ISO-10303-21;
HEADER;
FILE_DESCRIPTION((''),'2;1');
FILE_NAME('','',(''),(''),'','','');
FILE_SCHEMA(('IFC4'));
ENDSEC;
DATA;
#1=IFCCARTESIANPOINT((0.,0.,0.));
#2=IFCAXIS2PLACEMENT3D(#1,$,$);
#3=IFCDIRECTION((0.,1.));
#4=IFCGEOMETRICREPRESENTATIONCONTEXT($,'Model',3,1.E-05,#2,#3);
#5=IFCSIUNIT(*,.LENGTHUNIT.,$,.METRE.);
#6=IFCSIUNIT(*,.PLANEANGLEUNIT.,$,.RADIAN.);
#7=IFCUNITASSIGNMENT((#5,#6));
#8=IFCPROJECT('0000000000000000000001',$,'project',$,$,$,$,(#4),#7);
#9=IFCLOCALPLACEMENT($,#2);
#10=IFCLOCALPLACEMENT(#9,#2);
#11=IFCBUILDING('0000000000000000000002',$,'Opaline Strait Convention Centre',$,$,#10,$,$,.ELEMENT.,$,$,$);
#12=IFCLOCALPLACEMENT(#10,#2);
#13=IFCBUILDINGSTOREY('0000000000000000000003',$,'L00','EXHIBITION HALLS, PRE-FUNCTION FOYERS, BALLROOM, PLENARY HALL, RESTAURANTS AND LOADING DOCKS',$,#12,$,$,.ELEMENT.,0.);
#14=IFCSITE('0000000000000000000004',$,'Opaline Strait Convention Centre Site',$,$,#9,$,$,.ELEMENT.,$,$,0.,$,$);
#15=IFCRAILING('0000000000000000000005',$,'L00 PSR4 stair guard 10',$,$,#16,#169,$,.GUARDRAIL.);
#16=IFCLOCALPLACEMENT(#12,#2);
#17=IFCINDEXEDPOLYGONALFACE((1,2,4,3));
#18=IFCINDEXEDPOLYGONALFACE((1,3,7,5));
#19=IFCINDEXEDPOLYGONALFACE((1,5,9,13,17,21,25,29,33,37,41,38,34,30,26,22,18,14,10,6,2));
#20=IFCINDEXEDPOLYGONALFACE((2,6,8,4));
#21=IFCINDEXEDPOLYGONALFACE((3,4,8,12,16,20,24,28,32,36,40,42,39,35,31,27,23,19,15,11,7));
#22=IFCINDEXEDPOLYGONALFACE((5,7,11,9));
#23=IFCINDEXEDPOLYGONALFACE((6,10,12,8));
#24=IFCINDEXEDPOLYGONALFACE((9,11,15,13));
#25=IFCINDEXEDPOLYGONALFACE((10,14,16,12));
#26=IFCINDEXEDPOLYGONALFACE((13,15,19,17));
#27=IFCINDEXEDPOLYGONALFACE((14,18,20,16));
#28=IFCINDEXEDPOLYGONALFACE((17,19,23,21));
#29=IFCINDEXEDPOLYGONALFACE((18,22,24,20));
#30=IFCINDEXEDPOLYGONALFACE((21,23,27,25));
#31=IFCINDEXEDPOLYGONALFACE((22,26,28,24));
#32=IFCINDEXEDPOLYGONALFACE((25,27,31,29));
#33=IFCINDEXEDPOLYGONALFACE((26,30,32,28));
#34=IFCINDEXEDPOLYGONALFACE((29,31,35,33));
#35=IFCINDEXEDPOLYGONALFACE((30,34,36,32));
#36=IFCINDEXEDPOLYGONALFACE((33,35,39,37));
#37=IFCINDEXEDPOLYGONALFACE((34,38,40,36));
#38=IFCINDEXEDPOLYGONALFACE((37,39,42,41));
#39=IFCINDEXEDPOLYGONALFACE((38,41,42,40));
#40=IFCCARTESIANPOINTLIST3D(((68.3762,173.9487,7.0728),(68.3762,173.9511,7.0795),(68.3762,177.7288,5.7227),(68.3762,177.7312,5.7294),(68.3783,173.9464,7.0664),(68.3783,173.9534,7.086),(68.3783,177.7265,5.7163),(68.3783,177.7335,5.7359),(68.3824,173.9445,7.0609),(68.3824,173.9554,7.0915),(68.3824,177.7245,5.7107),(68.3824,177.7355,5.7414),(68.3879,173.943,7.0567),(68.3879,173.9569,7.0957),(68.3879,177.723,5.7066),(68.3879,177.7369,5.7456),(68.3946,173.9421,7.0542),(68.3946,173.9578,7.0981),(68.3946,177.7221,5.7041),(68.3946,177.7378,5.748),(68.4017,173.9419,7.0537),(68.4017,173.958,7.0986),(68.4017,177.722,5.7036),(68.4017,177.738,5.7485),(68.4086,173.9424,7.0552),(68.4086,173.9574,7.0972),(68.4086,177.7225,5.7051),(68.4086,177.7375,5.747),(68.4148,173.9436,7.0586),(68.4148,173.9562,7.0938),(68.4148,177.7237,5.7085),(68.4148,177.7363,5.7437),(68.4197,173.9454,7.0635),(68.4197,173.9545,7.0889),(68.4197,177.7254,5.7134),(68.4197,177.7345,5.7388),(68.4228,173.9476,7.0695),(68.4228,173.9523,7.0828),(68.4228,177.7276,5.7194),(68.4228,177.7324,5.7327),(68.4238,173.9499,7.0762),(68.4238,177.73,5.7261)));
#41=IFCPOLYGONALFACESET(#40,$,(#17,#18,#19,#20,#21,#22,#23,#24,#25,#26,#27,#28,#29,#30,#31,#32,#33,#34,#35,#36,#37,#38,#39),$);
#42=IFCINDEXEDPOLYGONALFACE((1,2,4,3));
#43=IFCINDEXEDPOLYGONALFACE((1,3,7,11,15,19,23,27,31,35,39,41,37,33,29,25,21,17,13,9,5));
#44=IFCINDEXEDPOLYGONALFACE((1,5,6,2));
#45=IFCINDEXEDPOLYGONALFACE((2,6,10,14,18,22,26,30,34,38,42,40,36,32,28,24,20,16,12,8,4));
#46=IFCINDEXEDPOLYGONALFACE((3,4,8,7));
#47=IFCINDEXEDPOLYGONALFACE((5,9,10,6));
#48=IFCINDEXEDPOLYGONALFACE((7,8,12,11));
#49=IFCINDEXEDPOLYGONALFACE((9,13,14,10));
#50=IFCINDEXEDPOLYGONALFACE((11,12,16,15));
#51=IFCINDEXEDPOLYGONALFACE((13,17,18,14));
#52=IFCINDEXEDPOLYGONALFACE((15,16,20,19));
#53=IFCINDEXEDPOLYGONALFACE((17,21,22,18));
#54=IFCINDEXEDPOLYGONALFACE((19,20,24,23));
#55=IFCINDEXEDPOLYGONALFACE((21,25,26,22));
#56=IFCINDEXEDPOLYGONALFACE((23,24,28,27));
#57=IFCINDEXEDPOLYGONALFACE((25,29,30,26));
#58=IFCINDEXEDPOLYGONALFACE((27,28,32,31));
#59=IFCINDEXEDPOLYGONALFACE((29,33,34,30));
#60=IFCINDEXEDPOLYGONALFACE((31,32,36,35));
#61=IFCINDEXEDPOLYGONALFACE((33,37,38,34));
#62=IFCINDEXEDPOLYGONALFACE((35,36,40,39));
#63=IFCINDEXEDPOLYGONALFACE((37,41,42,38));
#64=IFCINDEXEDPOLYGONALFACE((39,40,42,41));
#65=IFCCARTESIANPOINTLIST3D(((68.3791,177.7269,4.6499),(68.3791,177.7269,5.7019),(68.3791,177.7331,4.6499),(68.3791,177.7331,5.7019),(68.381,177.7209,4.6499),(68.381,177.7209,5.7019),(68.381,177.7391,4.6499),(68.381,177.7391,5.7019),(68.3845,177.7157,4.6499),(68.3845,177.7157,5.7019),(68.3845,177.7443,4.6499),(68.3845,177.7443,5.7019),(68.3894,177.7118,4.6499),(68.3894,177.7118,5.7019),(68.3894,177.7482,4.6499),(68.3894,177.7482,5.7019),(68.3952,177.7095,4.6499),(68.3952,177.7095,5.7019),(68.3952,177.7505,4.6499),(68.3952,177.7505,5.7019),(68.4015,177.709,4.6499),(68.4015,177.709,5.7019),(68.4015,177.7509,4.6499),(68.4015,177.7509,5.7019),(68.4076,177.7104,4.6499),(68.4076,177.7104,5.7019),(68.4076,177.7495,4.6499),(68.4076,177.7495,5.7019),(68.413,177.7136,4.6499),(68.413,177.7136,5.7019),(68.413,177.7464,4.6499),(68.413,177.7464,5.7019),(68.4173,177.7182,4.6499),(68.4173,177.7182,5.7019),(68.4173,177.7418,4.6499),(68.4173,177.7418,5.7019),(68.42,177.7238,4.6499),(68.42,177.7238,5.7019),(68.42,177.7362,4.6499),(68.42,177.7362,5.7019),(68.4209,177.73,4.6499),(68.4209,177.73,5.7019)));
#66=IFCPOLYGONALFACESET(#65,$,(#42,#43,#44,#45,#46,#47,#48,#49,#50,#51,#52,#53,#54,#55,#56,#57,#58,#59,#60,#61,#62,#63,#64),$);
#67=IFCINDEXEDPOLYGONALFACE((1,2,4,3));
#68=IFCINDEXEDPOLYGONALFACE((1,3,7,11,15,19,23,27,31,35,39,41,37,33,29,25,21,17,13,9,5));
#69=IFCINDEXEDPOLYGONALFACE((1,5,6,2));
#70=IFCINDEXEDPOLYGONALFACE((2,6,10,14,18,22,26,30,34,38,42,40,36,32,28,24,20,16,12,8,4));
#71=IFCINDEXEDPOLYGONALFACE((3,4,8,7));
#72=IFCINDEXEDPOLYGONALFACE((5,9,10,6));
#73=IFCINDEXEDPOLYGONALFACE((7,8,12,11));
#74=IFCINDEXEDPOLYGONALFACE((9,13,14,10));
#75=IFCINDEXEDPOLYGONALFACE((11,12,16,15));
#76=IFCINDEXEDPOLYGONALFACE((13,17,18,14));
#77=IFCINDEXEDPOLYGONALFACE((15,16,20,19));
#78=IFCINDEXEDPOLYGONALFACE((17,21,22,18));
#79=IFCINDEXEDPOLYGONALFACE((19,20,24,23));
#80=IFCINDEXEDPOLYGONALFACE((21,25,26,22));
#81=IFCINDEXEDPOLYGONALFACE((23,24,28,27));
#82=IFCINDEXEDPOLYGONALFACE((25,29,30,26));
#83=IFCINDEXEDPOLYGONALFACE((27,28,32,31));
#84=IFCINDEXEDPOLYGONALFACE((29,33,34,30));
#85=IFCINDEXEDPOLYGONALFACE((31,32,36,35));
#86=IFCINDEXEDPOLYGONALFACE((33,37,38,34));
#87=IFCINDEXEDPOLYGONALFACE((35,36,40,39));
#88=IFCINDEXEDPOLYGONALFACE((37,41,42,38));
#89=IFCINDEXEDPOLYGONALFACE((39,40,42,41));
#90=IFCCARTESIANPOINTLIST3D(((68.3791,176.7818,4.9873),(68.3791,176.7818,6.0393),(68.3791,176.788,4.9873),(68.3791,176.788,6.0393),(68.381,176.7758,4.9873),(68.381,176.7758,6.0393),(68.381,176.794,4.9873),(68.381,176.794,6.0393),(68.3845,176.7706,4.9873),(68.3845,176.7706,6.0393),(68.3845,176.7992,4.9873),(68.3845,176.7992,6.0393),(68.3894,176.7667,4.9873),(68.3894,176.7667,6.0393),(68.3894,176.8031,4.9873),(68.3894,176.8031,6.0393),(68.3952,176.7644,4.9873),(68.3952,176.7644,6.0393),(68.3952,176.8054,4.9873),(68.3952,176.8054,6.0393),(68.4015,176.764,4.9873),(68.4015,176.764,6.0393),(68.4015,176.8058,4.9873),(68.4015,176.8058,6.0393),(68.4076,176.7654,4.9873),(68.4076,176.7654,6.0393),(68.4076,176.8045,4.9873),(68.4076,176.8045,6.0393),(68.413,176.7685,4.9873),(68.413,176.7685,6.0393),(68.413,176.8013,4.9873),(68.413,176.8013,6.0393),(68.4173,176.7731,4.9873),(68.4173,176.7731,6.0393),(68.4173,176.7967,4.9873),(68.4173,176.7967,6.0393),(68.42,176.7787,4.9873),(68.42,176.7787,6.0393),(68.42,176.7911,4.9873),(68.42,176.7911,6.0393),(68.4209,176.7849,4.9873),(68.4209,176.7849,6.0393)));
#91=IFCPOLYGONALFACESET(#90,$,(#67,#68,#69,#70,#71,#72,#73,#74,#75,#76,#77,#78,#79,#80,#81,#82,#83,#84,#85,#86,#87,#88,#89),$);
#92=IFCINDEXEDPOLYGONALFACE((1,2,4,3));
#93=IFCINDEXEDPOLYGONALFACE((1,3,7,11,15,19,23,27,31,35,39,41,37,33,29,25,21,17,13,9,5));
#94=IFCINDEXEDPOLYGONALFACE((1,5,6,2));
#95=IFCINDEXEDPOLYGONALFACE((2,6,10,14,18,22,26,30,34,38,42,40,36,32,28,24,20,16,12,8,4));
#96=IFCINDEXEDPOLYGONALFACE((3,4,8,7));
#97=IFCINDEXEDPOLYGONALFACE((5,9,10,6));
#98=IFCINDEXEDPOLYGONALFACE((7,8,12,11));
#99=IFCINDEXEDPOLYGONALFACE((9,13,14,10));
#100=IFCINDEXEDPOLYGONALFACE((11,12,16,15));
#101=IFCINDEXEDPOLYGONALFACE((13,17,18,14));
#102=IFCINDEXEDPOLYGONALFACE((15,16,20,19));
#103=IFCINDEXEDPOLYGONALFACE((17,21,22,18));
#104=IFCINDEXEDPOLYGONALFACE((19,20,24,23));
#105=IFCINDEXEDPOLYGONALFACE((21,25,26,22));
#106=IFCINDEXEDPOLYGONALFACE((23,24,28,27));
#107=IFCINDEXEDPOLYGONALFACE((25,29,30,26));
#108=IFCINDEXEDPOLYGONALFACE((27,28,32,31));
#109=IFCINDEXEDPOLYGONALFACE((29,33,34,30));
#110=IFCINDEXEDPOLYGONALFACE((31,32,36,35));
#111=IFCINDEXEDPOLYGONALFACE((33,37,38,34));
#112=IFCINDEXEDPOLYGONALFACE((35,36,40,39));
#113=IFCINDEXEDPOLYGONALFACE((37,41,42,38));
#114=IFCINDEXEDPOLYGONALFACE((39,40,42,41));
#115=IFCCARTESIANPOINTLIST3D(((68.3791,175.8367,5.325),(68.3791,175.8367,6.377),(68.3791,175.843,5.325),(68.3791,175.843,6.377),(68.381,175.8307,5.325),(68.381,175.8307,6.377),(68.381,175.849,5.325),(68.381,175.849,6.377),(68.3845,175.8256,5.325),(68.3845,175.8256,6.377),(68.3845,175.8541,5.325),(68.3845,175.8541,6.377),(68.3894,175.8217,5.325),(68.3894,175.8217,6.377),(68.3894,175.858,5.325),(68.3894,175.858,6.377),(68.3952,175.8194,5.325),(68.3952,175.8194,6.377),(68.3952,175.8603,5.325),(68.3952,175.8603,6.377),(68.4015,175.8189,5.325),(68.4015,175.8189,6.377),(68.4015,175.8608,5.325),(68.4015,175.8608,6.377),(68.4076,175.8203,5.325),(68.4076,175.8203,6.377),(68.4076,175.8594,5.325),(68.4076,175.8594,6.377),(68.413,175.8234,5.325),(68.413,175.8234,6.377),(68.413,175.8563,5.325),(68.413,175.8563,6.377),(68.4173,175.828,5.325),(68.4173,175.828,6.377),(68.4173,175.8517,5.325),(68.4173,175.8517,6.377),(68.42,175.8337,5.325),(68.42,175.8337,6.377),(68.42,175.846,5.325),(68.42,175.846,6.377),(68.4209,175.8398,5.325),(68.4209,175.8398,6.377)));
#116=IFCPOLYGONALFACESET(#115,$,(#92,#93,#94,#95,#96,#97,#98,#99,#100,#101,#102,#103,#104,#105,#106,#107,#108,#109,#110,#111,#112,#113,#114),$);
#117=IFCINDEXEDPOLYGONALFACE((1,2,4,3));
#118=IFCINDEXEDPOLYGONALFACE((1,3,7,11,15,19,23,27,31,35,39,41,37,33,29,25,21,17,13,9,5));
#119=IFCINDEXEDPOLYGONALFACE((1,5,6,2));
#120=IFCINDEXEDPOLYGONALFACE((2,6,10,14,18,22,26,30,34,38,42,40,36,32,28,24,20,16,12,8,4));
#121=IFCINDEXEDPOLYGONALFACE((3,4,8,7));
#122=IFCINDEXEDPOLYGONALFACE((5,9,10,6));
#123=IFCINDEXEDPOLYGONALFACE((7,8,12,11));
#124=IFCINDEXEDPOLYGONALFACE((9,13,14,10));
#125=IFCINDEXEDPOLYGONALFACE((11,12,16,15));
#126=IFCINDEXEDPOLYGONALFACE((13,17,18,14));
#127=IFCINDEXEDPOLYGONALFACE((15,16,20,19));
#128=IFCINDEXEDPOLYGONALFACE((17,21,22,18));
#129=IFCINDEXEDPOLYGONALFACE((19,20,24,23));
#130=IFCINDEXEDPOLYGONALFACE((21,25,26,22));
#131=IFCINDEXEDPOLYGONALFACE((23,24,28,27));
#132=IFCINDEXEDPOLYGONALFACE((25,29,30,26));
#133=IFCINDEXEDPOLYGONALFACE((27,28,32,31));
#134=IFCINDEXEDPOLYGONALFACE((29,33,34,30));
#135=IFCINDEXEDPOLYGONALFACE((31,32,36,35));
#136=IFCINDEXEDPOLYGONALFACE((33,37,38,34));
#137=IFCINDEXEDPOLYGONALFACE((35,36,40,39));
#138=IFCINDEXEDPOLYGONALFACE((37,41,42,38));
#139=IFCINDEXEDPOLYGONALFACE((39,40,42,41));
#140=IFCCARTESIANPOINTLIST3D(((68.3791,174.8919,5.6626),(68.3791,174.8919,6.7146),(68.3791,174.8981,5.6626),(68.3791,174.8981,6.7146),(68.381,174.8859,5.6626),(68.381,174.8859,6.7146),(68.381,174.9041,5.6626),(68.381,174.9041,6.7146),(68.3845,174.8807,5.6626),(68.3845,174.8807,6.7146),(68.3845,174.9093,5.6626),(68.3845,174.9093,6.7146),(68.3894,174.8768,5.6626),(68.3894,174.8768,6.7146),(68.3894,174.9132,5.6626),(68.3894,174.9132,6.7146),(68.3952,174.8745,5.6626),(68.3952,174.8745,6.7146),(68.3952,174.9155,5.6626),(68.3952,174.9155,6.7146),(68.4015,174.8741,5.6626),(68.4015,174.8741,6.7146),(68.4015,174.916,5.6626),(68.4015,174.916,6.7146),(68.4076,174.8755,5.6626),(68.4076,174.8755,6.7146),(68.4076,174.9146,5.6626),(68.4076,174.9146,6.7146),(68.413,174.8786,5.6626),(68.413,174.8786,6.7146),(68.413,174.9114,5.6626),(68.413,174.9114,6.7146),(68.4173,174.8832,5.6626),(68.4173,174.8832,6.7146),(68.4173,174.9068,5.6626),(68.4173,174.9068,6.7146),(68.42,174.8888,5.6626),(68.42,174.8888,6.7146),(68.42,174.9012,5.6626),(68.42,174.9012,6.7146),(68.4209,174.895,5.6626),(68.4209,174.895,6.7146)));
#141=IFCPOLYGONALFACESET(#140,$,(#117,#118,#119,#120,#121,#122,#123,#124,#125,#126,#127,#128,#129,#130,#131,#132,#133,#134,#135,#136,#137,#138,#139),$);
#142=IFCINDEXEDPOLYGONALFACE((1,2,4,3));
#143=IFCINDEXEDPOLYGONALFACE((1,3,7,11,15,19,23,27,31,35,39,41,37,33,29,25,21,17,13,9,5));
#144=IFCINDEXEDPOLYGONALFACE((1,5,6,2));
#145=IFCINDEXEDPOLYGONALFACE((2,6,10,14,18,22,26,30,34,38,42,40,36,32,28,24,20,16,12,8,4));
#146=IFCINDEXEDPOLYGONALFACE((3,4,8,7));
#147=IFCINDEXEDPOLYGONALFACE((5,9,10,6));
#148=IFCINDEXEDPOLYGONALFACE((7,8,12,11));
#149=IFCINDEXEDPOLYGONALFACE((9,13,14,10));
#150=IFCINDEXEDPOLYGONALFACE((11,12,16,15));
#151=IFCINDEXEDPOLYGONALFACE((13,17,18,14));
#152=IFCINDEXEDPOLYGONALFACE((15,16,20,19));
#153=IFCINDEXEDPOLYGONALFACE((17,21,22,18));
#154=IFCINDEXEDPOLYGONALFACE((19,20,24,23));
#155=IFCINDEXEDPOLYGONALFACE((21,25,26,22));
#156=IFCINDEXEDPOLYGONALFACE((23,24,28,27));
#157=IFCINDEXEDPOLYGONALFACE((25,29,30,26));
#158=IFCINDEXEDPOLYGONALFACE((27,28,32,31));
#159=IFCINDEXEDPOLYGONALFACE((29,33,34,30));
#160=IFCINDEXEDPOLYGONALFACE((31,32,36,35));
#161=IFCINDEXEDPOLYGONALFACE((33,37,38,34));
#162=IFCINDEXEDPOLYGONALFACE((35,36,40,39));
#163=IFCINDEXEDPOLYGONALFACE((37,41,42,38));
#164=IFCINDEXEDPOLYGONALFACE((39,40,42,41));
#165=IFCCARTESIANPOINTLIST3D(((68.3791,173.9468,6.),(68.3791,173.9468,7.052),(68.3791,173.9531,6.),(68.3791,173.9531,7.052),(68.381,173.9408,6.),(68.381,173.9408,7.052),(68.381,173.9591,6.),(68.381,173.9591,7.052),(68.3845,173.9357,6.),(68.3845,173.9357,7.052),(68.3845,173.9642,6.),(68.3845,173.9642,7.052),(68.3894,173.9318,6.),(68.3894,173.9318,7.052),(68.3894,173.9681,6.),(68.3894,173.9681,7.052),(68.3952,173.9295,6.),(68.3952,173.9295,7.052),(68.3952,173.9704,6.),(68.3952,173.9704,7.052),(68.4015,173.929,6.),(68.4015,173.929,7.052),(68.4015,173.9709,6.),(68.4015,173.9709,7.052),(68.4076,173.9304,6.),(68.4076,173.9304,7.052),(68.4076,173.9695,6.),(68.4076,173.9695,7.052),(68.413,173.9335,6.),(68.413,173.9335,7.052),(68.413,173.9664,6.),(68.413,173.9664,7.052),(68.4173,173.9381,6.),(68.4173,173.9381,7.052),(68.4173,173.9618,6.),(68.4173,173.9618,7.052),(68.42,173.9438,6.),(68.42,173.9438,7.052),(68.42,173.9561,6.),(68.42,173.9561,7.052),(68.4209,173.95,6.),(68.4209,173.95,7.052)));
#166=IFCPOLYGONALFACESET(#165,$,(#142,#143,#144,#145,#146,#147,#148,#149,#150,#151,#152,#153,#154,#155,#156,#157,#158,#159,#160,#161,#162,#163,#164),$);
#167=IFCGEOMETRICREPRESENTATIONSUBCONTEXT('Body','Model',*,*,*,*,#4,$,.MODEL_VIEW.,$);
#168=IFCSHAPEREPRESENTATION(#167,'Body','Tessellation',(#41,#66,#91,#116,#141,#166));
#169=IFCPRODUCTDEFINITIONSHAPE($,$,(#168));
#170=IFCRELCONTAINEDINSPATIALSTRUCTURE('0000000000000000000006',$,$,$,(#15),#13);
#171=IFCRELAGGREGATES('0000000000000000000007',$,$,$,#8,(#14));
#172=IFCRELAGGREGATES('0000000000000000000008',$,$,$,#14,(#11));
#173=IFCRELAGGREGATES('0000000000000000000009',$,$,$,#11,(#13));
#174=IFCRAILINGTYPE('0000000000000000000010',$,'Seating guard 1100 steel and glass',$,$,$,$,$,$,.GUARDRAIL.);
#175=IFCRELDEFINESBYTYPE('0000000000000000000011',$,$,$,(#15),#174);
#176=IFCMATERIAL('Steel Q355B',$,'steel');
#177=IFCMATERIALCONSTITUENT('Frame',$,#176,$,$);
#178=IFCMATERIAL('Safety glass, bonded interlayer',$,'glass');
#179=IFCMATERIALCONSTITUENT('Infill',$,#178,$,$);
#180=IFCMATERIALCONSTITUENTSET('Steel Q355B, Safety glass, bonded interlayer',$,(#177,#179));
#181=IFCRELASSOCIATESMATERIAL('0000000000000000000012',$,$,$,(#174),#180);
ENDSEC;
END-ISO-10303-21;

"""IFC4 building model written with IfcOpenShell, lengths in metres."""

from ifc_helpers import new_model, si_unit, direction, frame, origin, origin_2d, place, context, subcontext, project, spatial, circle, extrude, material, constituent, constituent_set, type_object, element, save


model = new_model("IFC4")

# Units and contexts
model_context = context("Model", 3, precision=1e-05, world=origin(), true_north=direction((0.0, 1.0)))
body_context = subcontext(model_context, "Body", "Model", "MODEL_VIEW")
ifc_project = project(units=[si_unit("LENGTHUNIT", "METRE"), si_unit("PLANEANGLEUNIT", "RADIAN")], contexts=[model_context])

# Site, building, storey
site_placement = place(None, origin())
site = spatial("IfcSite", under=ifc_project, at=site_placement, Name="Opaline Strait Convention Centre Site", CompositionType="ELEMENT", RefElevation=0.0)
building_placement = place(site_placement, origin())
building = spatial("IfcBuilding", under=site, at=building_placement, Name="Opaline Strait Convention Centre", CompositionType="ELEMENT")
storey_placement = place(building_placement, origin())
storey = spatial("IfcBuildingStorey", under=building, at=storey_placement, Name="L00", Description="EXHIBITION HALLS, PRE-FUNCTION FOYERS, BALLROOM, PLENARY HALL, RESTAURANTS AND LOADING DOCKS", CompositionType="ELEMENT", Elevation=0.0)

# Railing
ifc_material_1 = material(Name="Steel Q355B", Category="steel")
ifc_constituent_1 = constituent(ifc_material_1, Name="Frame")
ifc_material_2 = material(Name="Safety glass, bonded interlayer", Category="glass")
ifc_constituent_2 = constituent(ifc_material_2, Name="Infill")
ifc_constituent_set = constituent_set(constituents=[ifc_constituent_1, ifc_constituent_2], Name="Steel Q355B, Safety glass, bonded interlayer")
railing_type_1 = type_object("IfcRailingType", Name="Seating guard 1100 steel and glass", PredefinedType="GUARDRAIL", material=ifc_constituent_set)
railing_1_placement = place(storey_placement, frame((68.3999, 177.73, 4.6499)))
element("IfcRailing", 1, at=railing_1_placement, inside=storey, type_object=railing_type_1, Name="L00 PSR4 stair guard 10", PredefinedType="GUARDRAIL", context=body_context, shape_type="SweptSolid", body=[
    extrude(circle(Radius=0.0239, at=origin_2d()), frame((0.0, 0.0, 1.0762), z_axis=(0.0, -0.941735, 0.336356), x_axis=(1.0, 0.0, 0.0)), (0.0, 0.0, 1.0), 4.0139),
    extrude(circle(Radius=0.021, at=origin_2d()), origin(), (0.0, 0.0, 1.0), 1.052),
    extrude(circle(Radius=0.021, at=origin_2d()), frame((0.0, -0.9451, 0.3374)), (0.0, 0.0, 1.0), 1.052),
    extrude(circle(Radius=0.021, at=origin_2d()), frame((0.0, -1.8901, 0.675)), (0.0, 0.0, 1.0), 1.052),
    extrude(circle(Radius=0.021, at=origin_2d()), frame((0.0, -2.835, 1.0127)), (0.0, 0.0, 1.0), 1.052),
    extrude(circle(Radius=0.021, at=origin_2d()), frame((0.0, -3.78, 1.3501)), (0.0, 0.0, 1.0), 1.052),
])

save(model, "model.ifc")
